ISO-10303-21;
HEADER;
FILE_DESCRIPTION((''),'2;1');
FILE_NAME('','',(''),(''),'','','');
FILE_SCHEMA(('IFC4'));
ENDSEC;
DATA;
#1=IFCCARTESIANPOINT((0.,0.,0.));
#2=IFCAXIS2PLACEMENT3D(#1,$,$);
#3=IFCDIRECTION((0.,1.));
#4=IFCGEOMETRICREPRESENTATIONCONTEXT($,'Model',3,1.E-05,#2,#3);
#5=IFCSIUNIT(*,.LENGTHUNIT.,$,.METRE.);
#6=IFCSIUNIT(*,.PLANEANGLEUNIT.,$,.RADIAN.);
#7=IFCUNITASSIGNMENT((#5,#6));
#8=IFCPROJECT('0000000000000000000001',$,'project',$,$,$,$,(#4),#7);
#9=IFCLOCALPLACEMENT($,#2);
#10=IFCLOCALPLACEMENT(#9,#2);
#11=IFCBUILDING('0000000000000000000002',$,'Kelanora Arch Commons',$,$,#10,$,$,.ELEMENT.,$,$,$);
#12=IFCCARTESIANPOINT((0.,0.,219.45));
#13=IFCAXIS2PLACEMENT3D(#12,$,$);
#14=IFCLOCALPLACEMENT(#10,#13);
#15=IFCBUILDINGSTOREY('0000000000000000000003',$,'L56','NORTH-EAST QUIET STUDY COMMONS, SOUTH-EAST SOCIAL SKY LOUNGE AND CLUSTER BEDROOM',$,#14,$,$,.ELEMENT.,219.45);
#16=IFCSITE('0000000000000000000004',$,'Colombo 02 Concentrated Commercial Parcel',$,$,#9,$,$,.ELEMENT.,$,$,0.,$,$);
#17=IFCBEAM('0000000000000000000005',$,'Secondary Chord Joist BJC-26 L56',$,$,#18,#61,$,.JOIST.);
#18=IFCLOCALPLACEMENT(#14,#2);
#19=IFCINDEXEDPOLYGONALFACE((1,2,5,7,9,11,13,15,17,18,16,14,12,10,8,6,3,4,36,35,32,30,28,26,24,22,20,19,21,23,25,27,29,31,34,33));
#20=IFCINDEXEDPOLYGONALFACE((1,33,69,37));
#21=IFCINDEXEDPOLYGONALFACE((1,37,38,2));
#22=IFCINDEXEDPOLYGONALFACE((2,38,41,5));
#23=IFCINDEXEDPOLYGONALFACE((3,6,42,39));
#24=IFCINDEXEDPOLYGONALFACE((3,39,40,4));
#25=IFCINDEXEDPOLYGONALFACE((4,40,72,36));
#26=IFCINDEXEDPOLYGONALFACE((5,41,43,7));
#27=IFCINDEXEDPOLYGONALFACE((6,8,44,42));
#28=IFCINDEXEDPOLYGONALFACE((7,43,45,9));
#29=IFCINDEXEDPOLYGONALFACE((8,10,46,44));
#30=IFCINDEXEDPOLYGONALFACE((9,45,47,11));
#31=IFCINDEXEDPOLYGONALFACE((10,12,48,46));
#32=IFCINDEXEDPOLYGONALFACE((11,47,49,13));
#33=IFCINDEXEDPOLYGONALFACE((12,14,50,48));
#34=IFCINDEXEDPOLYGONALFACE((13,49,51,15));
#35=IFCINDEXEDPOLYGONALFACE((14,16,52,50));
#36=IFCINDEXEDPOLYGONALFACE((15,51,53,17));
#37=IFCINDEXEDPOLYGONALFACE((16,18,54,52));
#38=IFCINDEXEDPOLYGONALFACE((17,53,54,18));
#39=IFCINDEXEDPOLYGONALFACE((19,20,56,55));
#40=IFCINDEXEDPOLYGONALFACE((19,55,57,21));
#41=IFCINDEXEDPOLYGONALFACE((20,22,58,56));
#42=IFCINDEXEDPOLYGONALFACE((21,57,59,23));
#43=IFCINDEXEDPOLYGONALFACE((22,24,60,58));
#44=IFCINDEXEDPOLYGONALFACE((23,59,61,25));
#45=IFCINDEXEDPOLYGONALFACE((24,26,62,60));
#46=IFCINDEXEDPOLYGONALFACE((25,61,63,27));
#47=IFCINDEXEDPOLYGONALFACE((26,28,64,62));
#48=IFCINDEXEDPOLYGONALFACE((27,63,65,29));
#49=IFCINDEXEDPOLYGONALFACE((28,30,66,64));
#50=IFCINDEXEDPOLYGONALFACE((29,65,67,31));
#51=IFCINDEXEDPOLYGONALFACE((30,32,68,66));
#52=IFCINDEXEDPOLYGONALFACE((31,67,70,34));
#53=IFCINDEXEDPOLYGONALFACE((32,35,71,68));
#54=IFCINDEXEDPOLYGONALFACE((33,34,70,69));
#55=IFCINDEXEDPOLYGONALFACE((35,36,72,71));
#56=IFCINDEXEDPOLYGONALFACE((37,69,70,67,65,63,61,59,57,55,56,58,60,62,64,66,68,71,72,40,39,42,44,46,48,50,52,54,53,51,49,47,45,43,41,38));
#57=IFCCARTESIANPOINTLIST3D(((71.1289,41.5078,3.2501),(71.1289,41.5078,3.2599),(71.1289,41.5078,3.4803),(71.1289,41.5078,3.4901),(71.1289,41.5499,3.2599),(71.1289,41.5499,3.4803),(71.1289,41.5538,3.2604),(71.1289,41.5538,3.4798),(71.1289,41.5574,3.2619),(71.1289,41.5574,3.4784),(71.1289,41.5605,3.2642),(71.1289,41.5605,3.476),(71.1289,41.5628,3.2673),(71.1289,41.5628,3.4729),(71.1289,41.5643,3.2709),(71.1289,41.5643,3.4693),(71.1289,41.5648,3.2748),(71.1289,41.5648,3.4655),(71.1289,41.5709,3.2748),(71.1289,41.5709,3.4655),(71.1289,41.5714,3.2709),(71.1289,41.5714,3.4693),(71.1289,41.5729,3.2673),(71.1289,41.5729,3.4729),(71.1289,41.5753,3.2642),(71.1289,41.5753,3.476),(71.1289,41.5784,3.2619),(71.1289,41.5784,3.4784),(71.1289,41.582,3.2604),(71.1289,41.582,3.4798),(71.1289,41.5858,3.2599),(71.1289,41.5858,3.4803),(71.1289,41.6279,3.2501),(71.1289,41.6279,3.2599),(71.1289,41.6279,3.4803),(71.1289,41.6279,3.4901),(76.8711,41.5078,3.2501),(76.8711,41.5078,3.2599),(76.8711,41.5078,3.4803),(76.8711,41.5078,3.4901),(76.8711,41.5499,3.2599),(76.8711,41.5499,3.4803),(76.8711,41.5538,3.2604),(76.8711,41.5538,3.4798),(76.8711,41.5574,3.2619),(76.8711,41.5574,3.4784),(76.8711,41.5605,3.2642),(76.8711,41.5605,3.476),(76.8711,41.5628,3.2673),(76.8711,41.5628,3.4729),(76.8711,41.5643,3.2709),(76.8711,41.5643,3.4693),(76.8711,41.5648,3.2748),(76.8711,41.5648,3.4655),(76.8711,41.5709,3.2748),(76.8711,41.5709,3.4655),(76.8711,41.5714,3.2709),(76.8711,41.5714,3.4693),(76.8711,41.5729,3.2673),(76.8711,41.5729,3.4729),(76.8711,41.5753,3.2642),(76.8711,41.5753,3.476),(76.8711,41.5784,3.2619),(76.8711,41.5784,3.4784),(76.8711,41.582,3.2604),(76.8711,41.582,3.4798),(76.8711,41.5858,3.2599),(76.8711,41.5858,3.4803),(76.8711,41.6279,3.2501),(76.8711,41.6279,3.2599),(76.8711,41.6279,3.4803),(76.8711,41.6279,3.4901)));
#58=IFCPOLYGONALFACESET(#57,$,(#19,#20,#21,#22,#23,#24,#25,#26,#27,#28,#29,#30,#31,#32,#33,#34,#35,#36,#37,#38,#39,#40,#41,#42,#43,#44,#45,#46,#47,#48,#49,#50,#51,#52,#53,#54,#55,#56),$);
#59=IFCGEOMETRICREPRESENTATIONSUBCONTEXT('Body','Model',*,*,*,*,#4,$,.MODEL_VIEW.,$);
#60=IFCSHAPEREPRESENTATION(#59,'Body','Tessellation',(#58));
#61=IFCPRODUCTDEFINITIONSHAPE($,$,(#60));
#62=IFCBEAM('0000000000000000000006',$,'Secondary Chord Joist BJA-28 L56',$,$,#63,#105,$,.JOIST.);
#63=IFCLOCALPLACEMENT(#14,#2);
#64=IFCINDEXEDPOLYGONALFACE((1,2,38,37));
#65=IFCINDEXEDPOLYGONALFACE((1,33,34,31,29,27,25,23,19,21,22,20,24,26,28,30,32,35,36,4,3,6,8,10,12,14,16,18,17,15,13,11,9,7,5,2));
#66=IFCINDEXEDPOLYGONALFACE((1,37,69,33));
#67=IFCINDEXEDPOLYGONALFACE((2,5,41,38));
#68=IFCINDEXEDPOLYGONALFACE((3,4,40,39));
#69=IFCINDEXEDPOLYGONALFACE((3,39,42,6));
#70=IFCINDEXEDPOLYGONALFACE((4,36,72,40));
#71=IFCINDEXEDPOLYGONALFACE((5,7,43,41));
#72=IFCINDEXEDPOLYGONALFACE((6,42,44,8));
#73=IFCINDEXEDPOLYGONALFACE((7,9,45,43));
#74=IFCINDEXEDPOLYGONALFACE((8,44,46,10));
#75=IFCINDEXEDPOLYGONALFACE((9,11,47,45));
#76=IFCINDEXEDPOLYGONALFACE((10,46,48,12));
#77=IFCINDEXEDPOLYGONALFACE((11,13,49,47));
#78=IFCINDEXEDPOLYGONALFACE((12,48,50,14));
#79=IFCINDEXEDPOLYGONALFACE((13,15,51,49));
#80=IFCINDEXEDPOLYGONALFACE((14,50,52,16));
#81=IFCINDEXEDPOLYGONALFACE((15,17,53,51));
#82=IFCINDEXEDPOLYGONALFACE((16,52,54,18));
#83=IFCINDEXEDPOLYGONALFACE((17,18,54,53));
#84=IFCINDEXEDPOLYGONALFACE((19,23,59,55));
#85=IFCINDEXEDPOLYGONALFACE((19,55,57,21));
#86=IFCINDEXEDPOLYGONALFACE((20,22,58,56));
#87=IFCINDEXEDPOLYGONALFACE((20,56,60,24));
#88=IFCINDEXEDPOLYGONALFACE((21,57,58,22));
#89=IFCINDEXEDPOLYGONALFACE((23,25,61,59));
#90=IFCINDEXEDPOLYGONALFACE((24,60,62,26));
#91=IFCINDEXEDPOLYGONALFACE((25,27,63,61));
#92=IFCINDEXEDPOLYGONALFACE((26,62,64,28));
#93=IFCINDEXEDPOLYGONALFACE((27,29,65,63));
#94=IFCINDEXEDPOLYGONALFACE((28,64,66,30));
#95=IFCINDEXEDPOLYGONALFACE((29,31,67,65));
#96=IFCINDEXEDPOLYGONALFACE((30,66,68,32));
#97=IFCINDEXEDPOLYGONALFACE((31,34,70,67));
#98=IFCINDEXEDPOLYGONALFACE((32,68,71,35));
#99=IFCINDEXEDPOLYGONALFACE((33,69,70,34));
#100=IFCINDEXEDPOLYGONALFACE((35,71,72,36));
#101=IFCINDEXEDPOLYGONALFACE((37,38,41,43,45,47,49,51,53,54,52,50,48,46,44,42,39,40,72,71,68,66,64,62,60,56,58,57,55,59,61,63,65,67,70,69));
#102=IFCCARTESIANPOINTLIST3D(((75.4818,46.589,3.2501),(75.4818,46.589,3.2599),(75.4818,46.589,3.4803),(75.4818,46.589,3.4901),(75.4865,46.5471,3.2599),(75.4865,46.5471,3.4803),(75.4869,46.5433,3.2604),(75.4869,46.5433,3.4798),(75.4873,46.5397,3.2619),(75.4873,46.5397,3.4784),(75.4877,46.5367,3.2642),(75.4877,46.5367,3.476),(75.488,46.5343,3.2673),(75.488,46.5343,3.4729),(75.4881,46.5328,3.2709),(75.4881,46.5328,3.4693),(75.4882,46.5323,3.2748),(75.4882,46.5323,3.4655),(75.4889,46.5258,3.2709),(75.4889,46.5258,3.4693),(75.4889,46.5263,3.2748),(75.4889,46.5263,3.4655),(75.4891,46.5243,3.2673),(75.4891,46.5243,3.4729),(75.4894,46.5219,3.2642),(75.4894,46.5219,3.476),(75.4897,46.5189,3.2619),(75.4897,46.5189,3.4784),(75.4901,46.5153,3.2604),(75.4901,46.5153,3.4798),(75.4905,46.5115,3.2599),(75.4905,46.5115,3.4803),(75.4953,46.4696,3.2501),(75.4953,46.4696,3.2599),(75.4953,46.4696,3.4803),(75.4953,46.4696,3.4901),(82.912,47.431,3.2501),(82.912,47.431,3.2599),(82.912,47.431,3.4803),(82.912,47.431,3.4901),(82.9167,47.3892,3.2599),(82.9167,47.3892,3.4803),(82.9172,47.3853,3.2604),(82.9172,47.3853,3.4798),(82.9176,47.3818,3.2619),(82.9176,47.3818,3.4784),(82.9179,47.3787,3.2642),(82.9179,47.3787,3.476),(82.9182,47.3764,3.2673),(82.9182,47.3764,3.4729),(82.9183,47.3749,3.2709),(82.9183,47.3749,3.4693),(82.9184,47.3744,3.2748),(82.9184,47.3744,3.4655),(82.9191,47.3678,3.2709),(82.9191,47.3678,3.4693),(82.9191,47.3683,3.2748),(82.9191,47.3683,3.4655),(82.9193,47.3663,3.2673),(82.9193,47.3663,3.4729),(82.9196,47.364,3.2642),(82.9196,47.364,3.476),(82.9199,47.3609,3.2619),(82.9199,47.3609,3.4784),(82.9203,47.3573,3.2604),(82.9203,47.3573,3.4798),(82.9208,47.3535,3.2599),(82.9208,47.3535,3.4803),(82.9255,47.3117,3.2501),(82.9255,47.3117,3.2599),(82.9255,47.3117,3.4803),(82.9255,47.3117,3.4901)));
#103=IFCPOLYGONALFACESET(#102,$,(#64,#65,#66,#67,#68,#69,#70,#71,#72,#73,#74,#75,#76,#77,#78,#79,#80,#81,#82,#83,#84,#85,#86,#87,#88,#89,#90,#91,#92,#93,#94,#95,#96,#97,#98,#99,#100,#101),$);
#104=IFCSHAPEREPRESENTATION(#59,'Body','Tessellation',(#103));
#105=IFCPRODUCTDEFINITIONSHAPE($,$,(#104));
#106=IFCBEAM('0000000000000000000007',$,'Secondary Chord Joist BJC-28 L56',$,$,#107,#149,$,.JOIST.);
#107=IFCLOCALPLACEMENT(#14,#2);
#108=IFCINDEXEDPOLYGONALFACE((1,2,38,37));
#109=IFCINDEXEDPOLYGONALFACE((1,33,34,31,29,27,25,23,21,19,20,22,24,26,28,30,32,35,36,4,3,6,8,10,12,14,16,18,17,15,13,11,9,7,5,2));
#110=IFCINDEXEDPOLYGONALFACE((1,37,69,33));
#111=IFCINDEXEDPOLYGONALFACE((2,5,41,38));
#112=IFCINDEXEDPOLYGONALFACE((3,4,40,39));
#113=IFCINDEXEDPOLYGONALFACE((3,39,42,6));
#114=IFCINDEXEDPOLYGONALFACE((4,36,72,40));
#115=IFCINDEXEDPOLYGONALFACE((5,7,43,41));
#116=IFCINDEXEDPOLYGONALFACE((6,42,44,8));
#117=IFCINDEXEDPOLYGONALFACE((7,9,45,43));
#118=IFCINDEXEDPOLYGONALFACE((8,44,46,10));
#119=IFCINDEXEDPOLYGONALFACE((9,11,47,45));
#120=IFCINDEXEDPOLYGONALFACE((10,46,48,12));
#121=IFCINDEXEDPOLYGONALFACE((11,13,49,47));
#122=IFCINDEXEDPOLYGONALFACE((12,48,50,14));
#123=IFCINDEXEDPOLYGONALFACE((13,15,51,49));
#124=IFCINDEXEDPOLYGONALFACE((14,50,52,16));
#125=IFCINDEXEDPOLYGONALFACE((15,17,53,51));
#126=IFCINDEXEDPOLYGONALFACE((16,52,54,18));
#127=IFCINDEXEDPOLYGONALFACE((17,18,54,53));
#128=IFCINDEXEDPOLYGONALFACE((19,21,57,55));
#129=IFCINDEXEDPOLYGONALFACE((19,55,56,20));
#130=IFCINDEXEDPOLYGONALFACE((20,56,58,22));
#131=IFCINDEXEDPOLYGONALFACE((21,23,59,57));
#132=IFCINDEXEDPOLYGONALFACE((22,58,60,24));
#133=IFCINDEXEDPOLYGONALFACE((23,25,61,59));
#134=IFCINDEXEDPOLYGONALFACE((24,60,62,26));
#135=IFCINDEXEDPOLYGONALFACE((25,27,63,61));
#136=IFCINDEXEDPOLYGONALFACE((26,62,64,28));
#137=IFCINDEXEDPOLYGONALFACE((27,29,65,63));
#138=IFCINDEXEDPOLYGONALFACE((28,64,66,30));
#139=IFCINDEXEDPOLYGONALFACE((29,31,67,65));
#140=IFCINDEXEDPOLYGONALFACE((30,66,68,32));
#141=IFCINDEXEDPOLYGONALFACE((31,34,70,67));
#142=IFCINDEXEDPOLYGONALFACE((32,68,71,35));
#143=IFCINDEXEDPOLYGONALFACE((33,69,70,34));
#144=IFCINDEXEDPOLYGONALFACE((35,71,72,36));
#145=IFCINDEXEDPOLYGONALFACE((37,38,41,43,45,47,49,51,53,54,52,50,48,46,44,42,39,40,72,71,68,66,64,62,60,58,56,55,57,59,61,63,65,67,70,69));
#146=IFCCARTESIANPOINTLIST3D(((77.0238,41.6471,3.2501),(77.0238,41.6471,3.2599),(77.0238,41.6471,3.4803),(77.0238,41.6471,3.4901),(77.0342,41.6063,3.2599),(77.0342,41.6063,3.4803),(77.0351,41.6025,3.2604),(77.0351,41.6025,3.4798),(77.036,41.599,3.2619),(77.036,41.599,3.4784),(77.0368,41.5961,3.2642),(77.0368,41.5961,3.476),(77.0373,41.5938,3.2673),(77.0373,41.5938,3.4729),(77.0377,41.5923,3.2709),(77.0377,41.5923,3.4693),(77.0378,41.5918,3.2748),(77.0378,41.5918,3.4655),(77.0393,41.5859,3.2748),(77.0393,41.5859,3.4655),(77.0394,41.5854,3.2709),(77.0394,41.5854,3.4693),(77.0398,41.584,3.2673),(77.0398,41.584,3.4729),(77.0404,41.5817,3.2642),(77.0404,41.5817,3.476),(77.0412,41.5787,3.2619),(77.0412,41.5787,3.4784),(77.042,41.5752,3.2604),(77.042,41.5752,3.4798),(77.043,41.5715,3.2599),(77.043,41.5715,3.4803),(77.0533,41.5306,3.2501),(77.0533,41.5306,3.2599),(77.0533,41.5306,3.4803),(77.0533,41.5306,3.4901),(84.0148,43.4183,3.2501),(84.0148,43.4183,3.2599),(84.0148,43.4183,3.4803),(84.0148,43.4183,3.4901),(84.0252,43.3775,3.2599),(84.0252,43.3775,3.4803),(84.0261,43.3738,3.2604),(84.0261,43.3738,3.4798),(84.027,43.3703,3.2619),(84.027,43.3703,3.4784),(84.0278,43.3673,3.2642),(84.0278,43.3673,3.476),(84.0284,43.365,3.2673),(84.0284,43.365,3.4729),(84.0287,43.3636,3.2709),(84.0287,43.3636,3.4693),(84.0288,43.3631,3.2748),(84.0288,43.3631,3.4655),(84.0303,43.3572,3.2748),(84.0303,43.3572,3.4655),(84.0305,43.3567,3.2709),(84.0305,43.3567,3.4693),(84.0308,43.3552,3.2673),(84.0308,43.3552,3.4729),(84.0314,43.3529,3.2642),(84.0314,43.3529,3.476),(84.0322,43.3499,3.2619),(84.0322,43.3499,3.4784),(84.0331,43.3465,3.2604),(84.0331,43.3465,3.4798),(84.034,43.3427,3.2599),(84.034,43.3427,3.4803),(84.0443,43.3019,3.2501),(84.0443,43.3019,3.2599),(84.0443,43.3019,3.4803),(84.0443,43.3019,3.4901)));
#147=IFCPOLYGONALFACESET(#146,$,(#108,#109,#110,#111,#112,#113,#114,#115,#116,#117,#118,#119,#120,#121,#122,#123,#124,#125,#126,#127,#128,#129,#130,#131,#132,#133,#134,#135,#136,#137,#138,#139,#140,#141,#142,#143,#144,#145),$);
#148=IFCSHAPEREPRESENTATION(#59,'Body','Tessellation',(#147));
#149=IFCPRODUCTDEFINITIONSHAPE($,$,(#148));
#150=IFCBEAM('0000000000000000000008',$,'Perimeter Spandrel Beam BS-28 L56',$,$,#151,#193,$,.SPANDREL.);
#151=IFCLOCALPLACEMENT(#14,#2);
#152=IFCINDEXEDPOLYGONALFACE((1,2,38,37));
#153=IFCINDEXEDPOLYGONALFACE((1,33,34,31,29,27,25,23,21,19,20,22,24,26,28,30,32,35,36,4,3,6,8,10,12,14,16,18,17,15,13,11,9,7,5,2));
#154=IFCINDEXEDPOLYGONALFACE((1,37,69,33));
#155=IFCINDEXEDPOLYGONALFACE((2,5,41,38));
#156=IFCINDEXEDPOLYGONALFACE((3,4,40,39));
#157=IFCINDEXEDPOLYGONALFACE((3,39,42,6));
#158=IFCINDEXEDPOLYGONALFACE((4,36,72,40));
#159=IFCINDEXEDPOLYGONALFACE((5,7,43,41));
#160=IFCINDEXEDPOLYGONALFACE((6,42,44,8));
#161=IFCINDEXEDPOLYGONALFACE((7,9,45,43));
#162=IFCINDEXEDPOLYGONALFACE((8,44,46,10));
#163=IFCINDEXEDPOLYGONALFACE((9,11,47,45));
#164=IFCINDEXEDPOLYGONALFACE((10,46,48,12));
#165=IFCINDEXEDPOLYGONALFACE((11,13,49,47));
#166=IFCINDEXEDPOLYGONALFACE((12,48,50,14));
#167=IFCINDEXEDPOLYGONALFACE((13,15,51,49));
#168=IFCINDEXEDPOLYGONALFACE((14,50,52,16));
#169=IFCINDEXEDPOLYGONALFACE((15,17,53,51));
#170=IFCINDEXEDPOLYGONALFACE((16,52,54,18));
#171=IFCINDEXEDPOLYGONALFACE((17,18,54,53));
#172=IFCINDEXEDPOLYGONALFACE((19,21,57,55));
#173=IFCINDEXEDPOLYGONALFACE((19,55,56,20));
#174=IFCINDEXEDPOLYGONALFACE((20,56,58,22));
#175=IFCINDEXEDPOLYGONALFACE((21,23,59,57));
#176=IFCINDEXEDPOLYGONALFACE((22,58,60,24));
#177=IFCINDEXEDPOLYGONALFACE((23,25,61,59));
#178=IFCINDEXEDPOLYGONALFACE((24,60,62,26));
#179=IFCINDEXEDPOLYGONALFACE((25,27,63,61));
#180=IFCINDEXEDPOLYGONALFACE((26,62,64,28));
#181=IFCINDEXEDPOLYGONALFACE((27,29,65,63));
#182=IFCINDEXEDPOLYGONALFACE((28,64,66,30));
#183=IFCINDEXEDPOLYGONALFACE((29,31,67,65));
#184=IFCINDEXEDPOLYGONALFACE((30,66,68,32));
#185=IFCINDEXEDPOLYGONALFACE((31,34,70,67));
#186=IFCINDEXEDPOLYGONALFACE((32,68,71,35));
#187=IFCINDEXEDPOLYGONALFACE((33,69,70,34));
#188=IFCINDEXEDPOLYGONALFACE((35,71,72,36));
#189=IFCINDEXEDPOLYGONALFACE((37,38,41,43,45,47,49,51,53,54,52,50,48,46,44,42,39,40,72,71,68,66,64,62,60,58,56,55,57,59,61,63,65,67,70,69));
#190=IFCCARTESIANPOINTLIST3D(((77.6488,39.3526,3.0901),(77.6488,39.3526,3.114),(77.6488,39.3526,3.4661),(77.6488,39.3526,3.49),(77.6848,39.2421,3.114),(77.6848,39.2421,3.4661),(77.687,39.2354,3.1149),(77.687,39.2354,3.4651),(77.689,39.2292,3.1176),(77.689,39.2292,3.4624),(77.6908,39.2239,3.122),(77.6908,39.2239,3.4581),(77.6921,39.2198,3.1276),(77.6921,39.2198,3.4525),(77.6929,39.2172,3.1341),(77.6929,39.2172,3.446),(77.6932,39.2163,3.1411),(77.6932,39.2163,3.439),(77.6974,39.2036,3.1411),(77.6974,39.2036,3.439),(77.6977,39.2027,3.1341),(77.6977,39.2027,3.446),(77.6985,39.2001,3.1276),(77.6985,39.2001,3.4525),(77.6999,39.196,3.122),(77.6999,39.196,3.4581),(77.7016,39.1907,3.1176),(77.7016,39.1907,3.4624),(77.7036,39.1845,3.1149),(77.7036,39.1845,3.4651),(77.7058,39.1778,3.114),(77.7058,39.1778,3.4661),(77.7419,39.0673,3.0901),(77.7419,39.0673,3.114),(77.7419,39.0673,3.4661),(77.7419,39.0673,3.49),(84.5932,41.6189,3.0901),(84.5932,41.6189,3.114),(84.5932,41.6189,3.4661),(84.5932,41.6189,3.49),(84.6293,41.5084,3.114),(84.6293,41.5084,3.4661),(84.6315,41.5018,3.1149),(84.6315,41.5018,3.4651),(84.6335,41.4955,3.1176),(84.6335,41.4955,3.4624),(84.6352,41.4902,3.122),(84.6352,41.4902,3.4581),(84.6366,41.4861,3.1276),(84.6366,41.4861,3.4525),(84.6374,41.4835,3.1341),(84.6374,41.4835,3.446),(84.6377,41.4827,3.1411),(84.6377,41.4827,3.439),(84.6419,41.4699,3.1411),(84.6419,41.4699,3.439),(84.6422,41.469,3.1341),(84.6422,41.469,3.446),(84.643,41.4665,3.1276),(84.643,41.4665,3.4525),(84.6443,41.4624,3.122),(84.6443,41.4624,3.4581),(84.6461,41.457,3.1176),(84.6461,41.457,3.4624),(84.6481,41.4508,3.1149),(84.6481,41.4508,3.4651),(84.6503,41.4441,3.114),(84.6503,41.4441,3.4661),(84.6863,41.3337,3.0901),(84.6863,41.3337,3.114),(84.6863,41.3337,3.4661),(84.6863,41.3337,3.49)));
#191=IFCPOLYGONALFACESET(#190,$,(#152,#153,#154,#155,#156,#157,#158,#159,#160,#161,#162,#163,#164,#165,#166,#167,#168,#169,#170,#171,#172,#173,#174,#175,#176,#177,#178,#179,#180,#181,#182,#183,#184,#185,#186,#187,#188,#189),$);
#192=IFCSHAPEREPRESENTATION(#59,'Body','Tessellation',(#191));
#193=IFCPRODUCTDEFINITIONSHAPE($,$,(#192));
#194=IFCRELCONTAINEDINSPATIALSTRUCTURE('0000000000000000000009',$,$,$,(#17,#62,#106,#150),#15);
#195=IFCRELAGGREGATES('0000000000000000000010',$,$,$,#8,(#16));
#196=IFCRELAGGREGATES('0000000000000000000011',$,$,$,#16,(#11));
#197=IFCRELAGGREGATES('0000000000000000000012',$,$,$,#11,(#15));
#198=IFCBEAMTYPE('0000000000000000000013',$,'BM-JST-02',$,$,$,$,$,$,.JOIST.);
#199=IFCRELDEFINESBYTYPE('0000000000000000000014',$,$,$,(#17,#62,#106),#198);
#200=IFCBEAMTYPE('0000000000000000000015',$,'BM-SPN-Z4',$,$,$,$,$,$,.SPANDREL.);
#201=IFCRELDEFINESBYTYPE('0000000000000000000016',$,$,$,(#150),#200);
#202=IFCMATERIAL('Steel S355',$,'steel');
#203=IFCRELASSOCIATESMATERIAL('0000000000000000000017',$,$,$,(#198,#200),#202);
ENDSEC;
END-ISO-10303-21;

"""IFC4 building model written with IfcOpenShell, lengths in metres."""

from ifc_helpers import new_model, si_unit, direction, frame, origin, origin_2d, place, context, subcontext, project, spatial, i_section, extrude, material, material_profile, profile_set, type_object, element, save


model = new_model("IFC4")

# Units and contexts
model_context = context("Model", 3, precision=1e-05, world=origin(), true_north=direction((0.0, 1.0)))
body_context = subcontext(model_context, "Body", "Model", "MODEL_VIEW")
ifc_project = project(units=[si_unit("LENGTHUNIT", "METRE"), si_unit("PLANEANGLEUNIT", "RADIAN")], contexts=[model_context])

# Site, building, storey
site_placement = place(None, origin())
site = spatial("IfcSite", under=ifc_project, at=site_placement, Name="Colombo 02 Concentrated Commercial Parcel", CompositionType="ELEMENT", RefElevation=0.0)
building_placement = place(site_placement, origin())
building = spatial("IfcBuilding", under=site, at=building_placement, Name="Kelanora Arch Commons", CompositionType="ELEMENT")
storey_placement = place(building_placement, frame((0.0, 0.0, 219.45)))
storey = spatial("IfcBuildingStorey", under=building, at=storey_placement, Name="L56", Description="NORTH-EAST QUIET STUDY COMMONS, SOUTH-EAST SOCIAL SKY LOUNGE AND CLUSTER BEDROOM", CompositionType="ELEMENT", Elevation=219.45)

# Beams
ifc_material_1 = material(Name="Steel S355", Category="steel")
ifc_material_profile_1 = material_profile(ifc_material_1, i_section(OverallWidth=0.1201, OverallDepth=0.24, WebThickness=0.0061, FlangeThickness=0.0098, FilletRadius=0.0149, at=origin_2d()), Name="IPE240")
ifc_profile_set_1 = profile_set([ifc_material_profile_1], Name="Steel S355")
beam_type_1 = type_object("IfcBeamType", Name="BM-JST-02", PredefinedType="JOIST", material=ifc_profile_set_1)
beam_1_placement = place(storey_placement, frame((71.1289, 41.5679, 3.3701), z_axis=(1.0, 0.0, 0.0), x_axis=(0.0, 1.0, 0.0)))
element("IfcBeam", 1, at=beam_1_placement, inside=storey, type_object=beam_type_1, Name="Secondary Chord Joist BJC-26 L56", PredefinedType="JOIST", context=body_context, shape_type="SweptSolid", body=[
    extrude(i_section(OverallWidth=0.1201, OverallDepth=0.24, WebThickness=0.0061, FlangeThickness=0.0098, FilletRadius=0.0149, at=origin_2d()), origin(), (0.0, 0.0, 1.0), 5.7422),
])
beam_2_placement = place(storey_placement, frame((75.4885, 46.5293, 3.3701), z_axis=(0.99364, 0.112606, 0.0), x_axis=(-0.112606, 0.99364, 0.0)))
element("IfcBeam", 2, at=beam_2_placement, inside=storey, type_object=beam_type_1, Name="Secondary Chord Joist BJA-28 L56", PredefinedType="JOIST", context=body_context, shape_type="SweptSolid", body=[
    extrude(i_section(OverallWidth=0.1201, OverallDepth=0.24, WebThickness=0.0061, FlangeThickness=0.0098, FilletRadius=0.0149, at=origin_2d()), origin(), (0.0, 0.0, 1.0), 7.4778),
])
beam_3_placement = place(storey_placement, frame((77.0386, 41.5889, 3.3701), z_axis=(0.969371, 0.245601, 0.0), x_axis=(-0.245601, 0.969371, 0.0)))
element("IfcBeam", 3, at=beam_3_placement, inside=storey, type_object=beam_type_1, Name="Secondary Chord Joist BJC-28 L56", PredefinedType="JOIST", context=body_context, shape_type="SweptSolid", body=[
    extrude(i_section(OverallWidth=0.1201, OverallDepth=0.24, WebThickness=0.0061, FlangeThickness=0.0098, FilletRadius=0.0149, at=origin_2d()), origin(), (0.0, 0.0, 1.0), 7.2119),
])
ifc_material_profile_2 = material_profile(ifc_material_1, i_section(OverallWidth=0.3, OverallDepth=0.3999, WebThickness=0.0134, FlangeThickness=0.0239, FilletRadius=0.0271, at=origin_2d()), Name="HEB400")
ifc_profile_set_2 = profile_set([ifc_material_profile_2], Name="Steel S355")
beam_type_2 = type_object("IfcBeamType", Name="BM-SPN-Z4", PredefinedType="SPANDREL", material=ifc_profile_set_2)
beam_4_placement = place(storey_placement, frame((77.6953, 39.21, 3.29), z_axis=(0.950656, 0.310246, 0.0), x_axis=(-0.310246, 0.950656, 0.0)))
element("IfcBeam", 4, at=beam_4_placement, inside=storey, type_object=beam_type_2, Name="Perimeter Spandrel Beam BS-28 L56", PredefinedType="SPANDREL", context=body_context, shape_type="SweptSolid", body=[
    extrude(i_section(OverallWidth=0.3, OverallDepth=0.3999, WebThickness=0.0134, FlangeThickness=0.0239, FilletRadius=0.0271, at=origin_2d()), origin(), (0.0, 0.0, 1.0), 7.3049),
])

save(model, "model.ifc")
